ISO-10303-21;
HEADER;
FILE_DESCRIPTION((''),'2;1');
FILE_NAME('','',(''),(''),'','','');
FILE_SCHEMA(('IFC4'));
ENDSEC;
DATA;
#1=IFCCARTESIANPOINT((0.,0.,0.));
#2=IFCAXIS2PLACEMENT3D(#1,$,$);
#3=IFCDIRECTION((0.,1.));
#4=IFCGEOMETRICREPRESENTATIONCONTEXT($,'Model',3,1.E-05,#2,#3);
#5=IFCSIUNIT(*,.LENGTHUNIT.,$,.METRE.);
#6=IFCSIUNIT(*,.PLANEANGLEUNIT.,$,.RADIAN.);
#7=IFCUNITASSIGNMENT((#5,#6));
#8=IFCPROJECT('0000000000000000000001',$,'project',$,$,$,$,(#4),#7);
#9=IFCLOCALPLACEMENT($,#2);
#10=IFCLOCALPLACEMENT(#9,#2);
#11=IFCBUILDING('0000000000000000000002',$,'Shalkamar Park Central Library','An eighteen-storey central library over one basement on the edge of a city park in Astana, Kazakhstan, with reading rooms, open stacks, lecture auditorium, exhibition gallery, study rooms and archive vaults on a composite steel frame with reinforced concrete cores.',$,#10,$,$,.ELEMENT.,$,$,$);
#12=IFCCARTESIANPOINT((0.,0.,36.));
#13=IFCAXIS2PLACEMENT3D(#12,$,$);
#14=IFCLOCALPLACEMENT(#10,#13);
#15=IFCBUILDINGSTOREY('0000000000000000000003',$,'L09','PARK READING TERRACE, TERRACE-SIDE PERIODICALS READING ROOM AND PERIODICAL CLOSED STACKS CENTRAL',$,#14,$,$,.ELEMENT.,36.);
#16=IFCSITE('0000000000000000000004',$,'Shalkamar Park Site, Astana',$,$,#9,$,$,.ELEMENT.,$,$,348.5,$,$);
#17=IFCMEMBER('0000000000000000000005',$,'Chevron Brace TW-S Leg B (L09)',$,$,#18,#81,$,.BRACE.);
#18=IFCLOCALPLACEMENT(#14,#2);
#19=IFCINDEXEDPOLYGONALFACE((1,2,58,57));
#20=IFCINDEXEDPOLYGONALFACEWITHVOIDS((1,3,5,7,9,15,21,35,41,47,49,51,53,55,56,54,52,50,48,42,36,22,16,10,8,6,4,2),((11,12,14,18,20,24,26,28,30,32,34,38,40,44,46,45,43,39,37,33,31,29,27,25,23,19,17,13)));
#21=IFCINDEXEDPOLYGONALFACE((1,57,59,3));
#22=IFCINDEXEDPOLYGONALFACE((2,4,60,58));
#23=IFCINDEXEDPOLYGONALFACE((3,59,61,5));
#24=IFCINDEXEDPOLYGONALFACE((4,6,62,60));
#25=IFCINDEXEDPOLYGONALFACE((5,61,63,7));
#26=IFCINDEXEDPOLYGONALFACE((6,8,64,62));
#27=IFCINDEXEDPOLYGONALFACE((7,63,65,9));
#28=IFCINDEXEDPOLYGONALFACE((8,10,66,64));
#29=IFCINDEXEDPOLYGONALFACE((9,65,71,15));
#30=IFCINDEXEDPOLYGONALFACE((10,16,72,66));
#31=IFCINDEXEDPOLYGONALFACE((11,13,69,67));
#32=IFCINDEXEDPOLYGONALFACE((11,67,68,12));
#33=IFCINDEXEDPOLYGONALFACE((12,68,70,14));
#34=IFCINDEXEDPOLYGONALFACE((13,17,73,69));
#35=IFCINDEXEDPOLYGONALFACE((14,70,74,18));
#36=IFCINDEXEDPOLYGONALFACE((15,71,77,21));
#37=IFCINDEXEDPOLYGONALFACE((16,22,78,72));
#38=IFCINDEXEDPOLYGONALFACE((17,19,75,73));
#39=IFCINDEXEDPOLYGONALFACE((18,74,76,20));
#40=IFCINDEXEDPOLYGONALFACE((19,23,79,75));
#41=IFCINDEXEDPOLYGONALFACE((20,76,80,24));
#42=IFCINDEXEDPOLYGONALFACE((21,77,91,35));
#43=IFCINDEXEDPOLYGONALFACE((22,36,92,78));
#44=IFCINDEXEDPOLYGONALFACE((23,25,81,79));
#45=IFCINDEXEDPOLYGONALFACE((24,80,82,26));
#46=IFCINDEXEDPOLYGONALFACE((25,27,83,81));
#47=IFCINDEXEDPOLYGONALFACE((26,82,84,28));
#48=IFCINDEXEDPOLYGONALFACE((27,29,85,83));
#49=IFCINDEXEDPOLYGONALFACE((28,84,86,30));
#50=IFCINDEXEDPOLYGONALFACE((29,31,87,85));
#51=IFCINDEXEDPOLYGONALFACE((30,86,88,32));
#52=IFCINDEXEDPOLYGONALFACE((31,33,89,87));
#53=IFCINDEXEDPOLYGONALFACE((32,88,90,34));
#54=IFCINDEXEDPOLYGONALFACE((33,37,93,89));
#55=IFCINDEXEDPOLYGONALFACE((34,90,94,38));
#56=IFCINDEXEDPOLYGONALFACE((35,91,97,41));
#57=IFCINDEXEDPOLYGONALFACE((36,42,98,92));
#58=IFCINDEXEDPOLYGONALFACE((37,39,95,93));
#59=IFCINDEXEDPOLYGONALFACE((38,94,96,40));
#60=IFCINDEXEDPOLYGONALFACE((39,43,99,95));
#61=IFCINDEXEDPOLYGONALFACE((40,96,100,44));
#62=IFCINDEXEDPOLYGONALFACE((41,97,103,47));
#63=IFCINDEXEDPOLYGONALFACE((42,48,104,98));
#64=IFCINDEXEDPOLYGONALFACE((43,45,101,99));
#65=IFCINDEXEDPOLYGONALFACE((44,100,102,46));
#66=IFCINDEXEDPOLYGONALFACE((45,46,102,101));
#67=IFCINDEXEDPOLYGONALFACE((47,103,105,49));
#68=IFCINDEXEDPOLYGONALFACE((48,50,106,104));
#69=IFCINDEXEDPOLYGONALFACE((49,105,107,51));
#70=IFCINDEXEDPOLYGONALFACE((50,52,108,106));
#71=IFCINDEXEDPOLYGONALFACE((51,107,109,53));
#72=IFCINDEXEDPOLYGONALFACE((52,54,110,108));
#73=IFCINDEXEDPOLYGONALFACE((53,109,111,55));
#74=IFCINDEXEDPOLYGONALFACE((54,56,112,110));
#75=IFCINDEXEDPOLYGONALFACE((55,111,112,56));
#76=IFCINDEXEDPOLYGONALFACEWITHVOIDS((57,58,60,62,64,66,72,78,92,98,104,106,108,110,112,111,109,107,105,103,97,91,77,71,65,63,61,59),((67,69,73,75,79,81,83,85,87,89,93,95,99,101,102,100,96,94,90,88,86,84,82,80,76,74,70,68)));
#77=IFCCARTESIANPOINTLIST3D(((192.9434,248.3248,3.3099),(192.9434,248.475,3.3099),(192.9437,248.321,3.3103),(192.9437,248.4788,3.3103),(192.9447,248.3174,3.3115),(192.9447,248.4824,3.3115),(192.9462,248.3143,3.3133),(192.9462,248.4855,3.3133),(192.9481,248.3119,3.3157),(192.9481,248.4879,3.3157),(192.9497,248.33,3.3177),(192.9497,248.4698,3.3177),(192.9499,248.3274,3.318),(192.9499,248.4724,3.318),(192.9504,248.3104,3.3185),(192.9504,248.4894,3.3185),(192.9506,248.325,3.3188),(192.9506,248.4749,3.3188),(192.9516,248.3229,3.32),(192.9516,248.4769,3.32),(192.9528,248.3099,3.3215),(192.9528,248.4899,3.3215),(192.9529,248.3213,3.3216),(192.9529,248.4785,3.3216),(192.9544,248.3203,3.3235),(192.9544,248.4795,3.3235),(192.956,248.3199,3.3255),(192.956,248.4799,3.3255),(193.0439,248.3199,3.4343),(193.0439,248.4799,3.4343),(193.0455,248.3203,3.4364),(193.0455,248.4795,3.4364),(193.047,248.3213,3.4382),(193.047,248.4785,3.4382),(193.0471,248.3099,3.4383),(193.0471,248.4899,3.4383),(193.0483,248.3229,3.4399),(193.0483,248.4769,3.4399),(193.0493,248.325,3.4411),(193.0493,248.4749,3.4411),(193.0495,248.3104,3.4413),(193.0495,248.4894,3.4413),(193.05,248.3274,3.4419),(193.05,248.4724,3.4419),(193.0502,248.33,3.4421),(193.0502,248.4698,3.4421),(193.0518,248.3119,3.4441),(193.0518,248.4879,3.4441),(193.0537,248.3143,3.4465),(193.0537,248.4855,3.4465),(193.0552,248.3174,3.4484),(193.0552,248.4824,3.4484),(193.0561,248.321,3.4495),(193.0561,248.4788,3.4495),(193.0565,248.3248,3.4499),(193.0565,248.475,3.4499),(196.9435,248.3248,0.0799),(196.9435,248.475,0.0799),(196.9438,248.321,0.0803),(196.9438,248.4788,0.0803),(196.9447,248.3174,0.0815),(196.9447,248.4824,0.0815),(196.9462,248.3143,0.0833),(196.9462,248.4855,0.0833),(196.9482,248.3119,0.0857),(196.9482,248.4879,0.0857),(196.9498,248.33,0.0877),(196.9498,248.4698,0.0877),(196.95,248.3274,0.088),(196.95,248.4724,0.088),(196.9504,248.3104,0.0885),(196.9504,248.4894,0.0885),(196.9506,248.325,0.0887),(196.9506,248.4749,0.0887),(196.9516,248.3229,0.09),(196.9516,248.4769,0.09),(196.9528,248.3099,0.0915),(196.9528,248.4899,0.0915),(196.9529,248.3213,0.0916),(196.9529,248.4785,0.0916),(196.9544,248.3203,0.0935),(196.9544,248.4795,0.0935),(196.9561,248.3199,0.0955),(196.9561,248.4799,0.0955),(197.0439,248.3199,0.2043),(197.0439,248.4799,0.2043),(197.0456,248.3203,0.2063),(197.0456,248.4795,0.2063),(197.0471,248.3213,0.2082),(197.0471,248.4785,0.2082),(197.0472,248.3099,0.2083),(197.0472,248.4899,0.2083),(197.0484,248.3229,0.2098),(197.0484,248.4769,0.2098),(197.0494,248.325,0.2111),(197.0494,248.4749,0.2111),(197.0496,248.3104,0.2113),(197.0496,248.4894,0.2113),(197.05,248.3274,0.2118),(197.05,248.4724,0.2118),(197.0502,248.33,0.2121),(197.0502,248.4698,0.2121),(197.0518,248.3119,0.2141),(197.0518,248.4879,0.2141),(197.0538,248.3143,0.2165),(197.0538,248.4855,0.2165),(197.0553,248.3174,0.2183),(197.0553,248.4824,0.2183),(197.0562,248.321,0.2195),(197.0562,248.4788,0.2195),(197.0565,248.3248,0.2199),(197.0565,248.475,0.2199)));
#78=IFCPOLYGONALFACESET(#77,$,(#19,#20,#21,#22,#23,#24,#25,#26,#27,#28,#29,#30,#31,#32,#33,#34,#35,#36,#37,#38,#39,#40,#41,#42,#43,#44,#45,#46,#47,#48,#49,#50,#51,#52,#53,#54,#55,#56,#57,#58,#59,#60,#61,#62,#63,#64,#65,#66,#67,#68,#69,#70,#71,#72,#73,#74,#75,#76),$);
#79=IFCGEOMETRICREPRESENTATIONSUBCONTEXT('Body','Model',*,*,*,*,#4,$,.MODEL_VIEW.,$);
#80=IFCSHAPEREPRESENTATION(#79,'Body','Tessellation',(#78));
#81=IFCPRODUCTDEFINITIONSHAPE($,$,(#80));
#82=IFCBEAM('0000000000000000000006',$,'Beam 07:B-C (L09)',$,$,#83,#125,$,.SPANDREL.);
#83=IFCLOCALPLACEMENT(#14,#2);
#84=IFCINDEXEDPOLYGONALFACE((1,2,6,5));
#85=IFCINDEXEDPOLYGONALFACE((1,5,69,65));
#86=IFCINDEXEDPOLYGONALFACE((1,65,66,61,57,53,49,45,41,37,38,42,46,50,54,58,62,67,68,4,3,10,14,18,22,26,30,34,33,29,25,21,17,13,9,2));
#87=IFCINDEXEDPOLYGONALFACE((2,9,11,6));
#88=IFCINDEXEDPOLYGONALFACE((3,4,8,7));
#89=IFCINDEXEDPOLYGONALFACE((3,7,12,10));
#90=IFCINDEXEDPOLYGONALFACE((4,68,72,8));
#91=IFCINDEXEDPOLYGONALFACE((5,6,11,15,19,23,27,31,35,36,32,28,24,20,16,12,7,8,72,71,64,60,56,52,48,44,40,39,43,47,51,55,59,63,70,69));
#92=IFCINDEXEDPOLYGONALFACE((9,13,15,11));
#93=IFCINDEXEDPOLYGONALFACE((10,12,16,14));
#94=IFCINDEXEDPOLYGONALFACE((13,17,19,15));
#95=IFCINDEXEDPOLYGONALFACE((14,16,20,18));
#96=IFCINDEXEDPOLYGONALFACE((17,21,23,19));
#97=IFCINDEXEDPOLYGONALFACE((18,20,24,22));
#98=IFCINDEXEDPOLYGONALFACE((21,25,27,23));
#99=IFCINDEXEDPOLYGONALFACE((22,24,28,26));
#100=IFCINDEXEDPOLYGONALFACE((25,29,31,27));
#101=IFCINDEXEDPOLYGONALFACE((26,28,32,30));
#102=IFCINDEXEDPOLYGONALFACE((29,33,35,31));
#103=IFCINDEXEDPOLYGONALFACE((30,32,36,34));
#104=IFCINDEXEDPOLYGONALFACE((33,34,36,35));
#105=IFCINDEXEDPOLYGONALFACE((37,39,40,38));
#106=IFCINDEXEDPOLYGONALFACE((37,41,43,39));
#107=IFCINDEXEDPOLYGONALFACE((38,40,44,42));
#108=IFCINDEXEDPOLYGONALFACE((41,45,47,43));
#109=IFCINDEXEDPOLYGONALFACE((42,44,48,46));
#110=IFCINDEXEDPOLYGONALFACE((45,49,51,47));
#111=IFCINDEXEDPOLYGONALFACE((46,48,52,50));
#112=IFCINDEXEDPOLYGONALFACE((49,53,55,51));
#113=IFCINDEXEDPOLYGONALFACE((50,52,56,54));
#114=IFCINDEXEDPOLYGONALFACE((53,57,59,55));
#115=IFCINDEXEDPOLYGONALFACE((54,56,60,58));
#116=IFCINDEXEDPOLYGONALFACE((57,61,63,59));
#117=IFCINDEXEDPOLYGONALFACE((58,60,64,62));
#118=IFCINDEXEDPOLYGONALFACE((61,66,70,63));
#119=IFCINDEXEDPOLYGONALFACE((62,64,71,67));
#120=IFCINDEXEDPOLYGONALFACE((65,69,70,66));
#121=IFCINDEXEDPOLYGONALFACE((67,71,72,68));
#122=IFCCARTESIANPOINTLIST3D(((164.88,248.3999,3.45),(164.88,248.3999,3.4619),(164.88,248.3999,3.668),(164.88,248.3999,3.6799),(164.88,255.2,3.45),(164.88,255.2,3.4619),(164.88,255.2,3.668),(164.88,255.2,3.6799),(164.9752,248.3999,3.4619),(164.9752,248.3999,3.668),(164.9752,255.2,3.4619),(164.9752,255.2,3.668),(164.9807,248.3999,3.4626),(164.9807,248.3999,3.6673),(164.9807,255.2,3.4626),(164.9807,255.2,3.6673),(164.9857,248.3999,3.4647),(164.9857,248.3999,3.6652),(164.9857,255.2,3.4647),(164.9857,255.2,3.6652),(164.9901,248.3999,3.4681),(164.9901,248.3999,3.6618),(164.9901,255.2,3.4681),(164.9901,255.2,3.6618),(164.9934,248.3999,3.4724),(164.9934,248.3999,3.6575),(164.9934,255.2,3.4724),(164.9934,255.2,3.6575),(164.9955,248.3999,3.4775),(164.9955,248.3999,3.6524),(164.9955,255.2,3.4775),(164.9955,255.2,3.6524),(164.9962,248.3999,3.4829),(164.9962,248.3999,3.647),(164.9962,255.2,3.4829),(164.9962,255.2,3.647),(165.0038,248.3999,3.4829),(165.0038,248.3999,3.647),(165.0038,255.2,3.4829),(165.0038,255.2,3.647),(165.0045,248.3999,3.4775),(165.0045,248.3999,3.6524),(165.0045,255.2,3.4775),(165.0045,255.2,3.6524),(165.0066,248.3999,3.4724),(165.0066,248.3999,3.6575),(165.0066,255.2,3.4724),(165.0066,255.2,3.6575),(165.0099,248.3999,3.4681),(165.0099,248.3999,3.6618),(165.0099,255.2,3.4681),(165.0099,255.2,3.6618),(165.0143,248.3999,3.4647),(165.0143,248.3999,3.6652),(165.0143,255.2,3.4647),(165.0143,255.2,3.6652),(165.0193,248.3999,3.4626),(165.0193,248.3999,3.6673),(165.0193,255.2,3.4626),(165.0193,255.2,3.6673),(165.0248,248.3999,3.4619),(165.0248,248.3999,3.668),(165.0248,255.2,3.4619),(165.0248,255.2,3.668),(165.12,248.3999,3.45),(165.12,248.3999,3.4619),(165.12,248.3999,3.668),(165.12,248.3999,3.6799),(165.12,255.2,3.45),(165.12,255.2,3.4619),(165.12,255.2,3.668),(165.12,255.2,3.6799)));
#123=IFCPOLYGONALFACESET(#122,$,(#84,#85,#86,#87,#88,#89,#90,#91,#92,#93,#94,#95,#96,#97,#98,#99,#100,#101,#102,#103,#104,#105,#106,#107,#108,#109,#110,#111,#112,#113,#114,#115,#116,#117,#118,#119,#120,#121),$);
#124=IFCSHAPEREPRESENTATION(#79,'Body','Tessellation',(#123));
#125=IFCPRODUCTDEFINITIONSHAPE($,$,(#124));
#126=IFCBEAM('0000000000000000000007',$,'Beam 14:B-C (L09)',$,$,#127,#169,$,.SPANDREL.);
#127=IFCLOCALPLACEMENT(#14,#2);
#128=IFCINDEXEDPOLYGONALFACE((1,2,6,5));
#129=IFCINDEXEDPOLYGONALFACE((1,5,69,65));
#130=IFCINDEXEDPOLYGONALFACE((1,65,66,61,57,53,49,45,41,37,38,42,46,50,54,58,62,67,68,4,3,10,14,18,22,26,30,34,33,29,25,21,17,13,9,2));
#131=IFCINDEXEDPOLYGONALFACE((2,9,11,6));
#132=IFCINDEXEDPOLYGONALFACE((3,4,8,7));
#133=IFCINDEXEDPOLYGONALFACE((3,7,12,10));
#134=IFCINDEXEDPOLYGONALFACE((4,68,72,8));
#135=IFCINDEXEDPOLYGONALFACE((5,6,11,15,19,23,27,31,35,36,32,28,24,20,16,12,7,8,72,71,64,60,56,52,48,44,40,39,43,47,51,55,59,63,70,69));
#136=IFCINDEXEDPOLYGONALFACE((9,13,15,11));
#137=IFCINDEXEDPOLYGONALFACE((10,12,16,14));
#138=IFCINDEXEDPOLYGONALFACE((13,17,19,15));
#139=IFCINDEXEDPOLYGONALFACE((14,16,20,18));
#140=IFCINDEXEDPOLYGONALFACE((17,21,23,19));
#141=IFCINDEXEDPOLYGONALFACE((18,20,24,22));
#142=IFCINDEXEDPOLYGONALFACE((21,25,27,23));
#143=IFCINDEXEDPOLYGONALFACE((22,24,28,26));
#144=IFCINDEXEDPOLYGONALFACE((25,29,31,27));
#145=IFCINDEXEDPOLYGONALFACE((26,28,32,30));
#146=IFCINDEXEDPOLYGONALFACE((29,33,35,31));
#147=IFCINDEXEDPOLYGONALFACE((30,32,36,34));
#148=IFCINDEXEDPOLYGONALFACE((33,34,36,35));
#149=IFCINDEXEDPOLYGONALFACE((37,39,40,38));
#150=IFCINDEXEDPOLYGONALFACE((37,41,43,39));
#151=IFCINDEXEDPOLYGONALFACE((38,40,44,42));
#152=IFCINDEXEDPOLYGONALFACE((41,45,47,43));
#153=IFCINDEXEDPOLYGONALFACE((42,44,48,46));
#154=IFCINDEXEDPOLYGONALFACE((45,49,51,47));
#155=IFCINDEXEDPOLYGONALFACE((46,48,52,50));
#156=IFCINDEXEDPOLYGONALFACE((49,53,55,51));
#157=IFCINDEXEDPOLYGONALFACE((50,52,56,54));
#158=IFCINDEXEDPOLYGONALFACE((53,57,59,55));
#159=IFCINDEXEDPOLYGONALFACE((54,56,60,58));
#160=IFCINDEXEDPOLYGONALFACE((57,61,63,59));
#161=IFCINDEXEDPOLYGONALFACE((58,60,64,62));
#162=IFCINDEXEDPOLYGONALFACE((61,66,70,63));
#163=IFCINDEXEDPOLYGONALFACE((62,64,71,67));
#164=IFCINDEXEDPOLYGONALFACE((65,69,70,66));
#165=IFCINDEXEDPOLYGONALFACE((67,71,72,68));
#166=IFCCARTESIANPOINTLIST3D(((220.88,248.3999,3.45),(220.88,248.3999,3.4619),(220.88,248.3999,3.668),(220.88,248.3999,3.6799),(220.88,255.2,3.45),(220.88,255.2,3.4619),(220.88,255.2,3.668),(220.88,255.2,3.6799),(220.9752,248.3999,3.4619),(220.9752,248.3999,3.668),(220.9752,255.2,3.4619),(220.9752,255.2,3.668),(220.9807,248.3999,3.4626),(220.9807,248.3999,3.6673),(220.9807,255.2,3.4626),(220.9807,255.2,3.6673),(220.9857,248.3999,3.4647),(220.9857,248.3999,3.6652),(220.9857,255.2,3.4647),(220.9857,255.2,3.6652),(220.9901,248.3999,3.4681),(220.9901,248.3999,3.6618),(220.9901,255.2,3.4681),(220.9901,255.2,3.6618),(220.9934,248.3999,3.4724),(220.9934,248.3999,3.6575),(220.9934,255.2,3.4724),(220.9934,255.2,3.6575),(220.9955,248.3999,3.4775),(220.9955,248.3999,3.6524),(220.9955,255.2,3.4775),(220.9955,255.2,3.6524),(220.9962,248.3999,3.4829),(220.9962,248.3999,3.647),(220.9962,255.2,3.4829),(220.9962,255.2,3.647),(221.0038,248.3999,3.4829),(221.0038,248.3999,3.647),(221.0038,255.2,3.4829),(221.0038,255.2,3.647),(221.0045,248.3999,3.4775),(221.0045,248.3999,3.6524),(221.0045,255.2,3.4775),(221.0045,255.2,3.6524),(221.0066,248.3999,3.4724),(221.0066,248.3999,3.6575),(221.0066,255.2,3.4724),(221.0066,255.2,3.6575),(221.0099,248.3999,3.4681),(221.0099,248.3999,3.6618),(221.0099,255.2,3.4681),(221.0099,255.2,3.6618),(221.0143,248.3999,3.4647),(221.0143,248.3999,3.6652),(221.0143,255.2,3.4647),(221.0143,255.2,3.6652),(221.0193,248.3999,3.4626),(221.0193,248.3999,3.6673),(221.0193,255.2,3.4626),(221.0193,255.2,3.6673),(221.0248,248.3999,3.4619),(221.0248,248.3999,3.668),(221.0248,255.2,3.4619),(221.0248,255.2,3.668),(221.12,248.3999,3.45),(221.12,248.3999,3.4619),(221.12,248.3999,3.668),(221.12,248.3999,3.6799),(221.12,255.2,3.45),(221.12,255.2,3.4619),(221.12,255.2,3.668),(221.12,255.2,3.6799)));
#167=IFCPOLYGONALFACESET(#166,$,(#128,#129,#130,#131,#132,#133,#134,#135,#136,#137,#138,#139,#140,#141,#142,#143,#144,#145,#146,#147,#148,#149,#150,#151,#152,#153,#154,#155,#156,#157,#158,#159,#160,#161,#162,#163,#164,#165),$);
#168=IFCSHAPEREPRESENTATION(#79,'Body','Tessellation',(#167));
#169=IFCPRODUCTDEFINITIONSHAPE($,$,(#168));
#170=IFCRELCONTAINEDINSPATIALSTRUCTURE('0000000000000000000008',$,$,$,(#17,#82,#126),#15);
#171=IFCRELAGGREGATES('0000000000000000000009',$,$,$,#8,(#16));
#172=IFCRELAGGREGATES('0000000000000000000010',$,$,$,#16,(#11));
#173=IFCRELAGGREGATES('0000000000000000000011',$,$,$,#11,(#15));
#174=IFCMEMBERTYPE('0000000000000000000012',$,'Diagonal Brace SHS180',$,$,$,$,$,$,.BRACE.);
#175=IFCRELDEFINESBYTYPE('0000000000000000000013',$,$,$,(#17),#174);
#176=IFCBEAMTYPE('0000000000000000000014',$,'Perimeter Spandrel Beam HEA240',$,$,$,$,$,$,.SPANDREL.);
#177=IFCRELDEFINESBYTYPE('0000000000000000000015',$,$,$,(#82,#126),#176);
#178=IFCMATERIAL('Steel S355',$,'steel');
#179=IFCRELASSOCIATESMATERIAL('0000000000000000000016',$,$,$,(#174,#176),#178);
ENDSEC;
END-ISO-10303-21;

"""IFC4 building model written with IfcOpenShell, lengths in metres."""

from ifc_helpers import new_model, si_unit, direction, frame, origin, origin_2d, place, context, subcontext, project, spatial, hollow_rectangle, i_section, extrude, material, material_profile, profile_set, type_object, element, save


model = new_model("IFC4")

# Units and contexts
model_context = context("Model", 3, precision=1e-05, world=origin(), true_north=direction((0.0, 1.0)))
body_context = subcontext(model_context, "Body", "Model", "MODEL_VIEW")
ifc_project = project(units=[si_unit("LENGTHUNIT", "METRE"), si_unit("PLANEANGLEUNIT", "RADIAN")], contexts=[model_context])

# Site, building, storey
site_placement = place(None, origin())
site = spatial("IfcSite", under=ifc_project, at=site_placement, Name="Shalkamar Park Site, Astana", CompositionType="ELEMENT", RefElevation=348.5)
building_placement = place(site_placement, origin())
building = spatial("IfcBuilding", under=site, at=building_placement, Name="Shalkamar Park Central Library", Description="An eighteen-storey central library over one basement on the edge of a city park in Astana, Kazakhstan, with reading rooms, open stacks, lecture auditorium, exhibition gallery, study rooms and archive vaults on a composite steel frame with reinforced concrete cores.", CompositionType="ELEMENT")
storey_placement = place(building_placement, frame((0.0, 0.0, 36.0)))
storey = spatial("IfcBuildingStorey", under=building, at=storey_placement, Name="L09", Description="PARK READING TERRACE, TERRACE-SIDE PERIODICALS READING ROOM AND PERIODICAL CLOSED STACKS CENTRAL", CompositionType="ELEMENT", Elevation=36.0)

# Shared definitions
ifc_material_1 = material(Name="Steel S355", Category="steel")

# Member
ifc_material_profile_1 = material_profile(ifc_material_1, hollow_rectangle(XDim=0.1799, YDim=0.1799, WallThickness=0.01, InnerFilletRadius=0.01, OuterFilletRadius=0.0149, at=origin_2d()), Name="SHS 180x180x10")
ifc_profile_set_1 = profile_set([ifc_material_profile_1], Name="Steel S355")
member_type = type_object("IfcMemberType", Name="Diagonal Brace SHS180", PredefinedType="BRACE", material=ifc_profile_set_1)
for number, where, z_axis, x_axis, name in (
    (1, (197.0, 248.3999, 0.1499), (-0.778016, 0.0, 0.628244), (0.0, -1.0, 0.0), "Chevron Brace TW-S Leg B (L09)"),
):
    element("IfcMember", number, at=place(storey_placement, frame(where, z_axis=z_axis, x_axis=x_axis)), inside=storey, type_object=member_type, Name=name, PredefinedType="BRACE", context=body_context, shape_type="SweptSolid", body=[
        extrude(hollow_rectangle(XDim=0.1799, YDim=0.1799, WallThickness=0.01, InnerFilletRadius=0.01, OuterFilletRadius=0.0149, at=origin_2d()), origin(), (0.0, 0.0, 1.0), 5.1414),
    ])

# Beams
ifc_material_profile_2 = material_profile(ifc_material_1, i_section(OverallWidth=0.24, OverallDepth=0.23, WebThickness=0.0076, FlangeThickness=0.012, FilletRadius=0.021, at=origin_2d()), Name="HEA 240")
ifc_profile_set_2 = profile_set([ifc_material_profile_2], Name="Steel S355")
beam_type_1 = type_object("IfcBeamType", Name="Perimeter Spandrel Beam HEA240", PredefinedType="SPANDREL", material=ifc_profile_set_2)
for number, where, z_axis, x_axis, name in (
    (2, (165.0, 248.3999, 3.5649), (0.0, 1.0, 0.0), (-1.0, 0.0, 0.0), "Beam 07:B-C (L09)"),
    (3, (221.0, 248.3999, 3.5649), (0.0, 1.0, 0.0), (-1.0, 0.0, 0.0), "Beam 14:B-C (L09)"),
):
    element("IfcBeam", number, at=place(storey_placement, frame(where, z_axis=z_axis, x_axis=x_axis)), inside=storey, type_object=beam_type_1, Name=name, PredefinedType="SPANDREL", context=body_context, shape_type="SweptSolid", body=[
        extrude(i_section(OverallWidth=0.24, OverallDepth=0.23, WebThickness=0.0076, FlangeThickness=0.012, FilletRadius=0.021, at=origin_2d()), origin(), (0.0, 0.0, 1.0), 6.8),
    ])

save(model, "model.ifc")
